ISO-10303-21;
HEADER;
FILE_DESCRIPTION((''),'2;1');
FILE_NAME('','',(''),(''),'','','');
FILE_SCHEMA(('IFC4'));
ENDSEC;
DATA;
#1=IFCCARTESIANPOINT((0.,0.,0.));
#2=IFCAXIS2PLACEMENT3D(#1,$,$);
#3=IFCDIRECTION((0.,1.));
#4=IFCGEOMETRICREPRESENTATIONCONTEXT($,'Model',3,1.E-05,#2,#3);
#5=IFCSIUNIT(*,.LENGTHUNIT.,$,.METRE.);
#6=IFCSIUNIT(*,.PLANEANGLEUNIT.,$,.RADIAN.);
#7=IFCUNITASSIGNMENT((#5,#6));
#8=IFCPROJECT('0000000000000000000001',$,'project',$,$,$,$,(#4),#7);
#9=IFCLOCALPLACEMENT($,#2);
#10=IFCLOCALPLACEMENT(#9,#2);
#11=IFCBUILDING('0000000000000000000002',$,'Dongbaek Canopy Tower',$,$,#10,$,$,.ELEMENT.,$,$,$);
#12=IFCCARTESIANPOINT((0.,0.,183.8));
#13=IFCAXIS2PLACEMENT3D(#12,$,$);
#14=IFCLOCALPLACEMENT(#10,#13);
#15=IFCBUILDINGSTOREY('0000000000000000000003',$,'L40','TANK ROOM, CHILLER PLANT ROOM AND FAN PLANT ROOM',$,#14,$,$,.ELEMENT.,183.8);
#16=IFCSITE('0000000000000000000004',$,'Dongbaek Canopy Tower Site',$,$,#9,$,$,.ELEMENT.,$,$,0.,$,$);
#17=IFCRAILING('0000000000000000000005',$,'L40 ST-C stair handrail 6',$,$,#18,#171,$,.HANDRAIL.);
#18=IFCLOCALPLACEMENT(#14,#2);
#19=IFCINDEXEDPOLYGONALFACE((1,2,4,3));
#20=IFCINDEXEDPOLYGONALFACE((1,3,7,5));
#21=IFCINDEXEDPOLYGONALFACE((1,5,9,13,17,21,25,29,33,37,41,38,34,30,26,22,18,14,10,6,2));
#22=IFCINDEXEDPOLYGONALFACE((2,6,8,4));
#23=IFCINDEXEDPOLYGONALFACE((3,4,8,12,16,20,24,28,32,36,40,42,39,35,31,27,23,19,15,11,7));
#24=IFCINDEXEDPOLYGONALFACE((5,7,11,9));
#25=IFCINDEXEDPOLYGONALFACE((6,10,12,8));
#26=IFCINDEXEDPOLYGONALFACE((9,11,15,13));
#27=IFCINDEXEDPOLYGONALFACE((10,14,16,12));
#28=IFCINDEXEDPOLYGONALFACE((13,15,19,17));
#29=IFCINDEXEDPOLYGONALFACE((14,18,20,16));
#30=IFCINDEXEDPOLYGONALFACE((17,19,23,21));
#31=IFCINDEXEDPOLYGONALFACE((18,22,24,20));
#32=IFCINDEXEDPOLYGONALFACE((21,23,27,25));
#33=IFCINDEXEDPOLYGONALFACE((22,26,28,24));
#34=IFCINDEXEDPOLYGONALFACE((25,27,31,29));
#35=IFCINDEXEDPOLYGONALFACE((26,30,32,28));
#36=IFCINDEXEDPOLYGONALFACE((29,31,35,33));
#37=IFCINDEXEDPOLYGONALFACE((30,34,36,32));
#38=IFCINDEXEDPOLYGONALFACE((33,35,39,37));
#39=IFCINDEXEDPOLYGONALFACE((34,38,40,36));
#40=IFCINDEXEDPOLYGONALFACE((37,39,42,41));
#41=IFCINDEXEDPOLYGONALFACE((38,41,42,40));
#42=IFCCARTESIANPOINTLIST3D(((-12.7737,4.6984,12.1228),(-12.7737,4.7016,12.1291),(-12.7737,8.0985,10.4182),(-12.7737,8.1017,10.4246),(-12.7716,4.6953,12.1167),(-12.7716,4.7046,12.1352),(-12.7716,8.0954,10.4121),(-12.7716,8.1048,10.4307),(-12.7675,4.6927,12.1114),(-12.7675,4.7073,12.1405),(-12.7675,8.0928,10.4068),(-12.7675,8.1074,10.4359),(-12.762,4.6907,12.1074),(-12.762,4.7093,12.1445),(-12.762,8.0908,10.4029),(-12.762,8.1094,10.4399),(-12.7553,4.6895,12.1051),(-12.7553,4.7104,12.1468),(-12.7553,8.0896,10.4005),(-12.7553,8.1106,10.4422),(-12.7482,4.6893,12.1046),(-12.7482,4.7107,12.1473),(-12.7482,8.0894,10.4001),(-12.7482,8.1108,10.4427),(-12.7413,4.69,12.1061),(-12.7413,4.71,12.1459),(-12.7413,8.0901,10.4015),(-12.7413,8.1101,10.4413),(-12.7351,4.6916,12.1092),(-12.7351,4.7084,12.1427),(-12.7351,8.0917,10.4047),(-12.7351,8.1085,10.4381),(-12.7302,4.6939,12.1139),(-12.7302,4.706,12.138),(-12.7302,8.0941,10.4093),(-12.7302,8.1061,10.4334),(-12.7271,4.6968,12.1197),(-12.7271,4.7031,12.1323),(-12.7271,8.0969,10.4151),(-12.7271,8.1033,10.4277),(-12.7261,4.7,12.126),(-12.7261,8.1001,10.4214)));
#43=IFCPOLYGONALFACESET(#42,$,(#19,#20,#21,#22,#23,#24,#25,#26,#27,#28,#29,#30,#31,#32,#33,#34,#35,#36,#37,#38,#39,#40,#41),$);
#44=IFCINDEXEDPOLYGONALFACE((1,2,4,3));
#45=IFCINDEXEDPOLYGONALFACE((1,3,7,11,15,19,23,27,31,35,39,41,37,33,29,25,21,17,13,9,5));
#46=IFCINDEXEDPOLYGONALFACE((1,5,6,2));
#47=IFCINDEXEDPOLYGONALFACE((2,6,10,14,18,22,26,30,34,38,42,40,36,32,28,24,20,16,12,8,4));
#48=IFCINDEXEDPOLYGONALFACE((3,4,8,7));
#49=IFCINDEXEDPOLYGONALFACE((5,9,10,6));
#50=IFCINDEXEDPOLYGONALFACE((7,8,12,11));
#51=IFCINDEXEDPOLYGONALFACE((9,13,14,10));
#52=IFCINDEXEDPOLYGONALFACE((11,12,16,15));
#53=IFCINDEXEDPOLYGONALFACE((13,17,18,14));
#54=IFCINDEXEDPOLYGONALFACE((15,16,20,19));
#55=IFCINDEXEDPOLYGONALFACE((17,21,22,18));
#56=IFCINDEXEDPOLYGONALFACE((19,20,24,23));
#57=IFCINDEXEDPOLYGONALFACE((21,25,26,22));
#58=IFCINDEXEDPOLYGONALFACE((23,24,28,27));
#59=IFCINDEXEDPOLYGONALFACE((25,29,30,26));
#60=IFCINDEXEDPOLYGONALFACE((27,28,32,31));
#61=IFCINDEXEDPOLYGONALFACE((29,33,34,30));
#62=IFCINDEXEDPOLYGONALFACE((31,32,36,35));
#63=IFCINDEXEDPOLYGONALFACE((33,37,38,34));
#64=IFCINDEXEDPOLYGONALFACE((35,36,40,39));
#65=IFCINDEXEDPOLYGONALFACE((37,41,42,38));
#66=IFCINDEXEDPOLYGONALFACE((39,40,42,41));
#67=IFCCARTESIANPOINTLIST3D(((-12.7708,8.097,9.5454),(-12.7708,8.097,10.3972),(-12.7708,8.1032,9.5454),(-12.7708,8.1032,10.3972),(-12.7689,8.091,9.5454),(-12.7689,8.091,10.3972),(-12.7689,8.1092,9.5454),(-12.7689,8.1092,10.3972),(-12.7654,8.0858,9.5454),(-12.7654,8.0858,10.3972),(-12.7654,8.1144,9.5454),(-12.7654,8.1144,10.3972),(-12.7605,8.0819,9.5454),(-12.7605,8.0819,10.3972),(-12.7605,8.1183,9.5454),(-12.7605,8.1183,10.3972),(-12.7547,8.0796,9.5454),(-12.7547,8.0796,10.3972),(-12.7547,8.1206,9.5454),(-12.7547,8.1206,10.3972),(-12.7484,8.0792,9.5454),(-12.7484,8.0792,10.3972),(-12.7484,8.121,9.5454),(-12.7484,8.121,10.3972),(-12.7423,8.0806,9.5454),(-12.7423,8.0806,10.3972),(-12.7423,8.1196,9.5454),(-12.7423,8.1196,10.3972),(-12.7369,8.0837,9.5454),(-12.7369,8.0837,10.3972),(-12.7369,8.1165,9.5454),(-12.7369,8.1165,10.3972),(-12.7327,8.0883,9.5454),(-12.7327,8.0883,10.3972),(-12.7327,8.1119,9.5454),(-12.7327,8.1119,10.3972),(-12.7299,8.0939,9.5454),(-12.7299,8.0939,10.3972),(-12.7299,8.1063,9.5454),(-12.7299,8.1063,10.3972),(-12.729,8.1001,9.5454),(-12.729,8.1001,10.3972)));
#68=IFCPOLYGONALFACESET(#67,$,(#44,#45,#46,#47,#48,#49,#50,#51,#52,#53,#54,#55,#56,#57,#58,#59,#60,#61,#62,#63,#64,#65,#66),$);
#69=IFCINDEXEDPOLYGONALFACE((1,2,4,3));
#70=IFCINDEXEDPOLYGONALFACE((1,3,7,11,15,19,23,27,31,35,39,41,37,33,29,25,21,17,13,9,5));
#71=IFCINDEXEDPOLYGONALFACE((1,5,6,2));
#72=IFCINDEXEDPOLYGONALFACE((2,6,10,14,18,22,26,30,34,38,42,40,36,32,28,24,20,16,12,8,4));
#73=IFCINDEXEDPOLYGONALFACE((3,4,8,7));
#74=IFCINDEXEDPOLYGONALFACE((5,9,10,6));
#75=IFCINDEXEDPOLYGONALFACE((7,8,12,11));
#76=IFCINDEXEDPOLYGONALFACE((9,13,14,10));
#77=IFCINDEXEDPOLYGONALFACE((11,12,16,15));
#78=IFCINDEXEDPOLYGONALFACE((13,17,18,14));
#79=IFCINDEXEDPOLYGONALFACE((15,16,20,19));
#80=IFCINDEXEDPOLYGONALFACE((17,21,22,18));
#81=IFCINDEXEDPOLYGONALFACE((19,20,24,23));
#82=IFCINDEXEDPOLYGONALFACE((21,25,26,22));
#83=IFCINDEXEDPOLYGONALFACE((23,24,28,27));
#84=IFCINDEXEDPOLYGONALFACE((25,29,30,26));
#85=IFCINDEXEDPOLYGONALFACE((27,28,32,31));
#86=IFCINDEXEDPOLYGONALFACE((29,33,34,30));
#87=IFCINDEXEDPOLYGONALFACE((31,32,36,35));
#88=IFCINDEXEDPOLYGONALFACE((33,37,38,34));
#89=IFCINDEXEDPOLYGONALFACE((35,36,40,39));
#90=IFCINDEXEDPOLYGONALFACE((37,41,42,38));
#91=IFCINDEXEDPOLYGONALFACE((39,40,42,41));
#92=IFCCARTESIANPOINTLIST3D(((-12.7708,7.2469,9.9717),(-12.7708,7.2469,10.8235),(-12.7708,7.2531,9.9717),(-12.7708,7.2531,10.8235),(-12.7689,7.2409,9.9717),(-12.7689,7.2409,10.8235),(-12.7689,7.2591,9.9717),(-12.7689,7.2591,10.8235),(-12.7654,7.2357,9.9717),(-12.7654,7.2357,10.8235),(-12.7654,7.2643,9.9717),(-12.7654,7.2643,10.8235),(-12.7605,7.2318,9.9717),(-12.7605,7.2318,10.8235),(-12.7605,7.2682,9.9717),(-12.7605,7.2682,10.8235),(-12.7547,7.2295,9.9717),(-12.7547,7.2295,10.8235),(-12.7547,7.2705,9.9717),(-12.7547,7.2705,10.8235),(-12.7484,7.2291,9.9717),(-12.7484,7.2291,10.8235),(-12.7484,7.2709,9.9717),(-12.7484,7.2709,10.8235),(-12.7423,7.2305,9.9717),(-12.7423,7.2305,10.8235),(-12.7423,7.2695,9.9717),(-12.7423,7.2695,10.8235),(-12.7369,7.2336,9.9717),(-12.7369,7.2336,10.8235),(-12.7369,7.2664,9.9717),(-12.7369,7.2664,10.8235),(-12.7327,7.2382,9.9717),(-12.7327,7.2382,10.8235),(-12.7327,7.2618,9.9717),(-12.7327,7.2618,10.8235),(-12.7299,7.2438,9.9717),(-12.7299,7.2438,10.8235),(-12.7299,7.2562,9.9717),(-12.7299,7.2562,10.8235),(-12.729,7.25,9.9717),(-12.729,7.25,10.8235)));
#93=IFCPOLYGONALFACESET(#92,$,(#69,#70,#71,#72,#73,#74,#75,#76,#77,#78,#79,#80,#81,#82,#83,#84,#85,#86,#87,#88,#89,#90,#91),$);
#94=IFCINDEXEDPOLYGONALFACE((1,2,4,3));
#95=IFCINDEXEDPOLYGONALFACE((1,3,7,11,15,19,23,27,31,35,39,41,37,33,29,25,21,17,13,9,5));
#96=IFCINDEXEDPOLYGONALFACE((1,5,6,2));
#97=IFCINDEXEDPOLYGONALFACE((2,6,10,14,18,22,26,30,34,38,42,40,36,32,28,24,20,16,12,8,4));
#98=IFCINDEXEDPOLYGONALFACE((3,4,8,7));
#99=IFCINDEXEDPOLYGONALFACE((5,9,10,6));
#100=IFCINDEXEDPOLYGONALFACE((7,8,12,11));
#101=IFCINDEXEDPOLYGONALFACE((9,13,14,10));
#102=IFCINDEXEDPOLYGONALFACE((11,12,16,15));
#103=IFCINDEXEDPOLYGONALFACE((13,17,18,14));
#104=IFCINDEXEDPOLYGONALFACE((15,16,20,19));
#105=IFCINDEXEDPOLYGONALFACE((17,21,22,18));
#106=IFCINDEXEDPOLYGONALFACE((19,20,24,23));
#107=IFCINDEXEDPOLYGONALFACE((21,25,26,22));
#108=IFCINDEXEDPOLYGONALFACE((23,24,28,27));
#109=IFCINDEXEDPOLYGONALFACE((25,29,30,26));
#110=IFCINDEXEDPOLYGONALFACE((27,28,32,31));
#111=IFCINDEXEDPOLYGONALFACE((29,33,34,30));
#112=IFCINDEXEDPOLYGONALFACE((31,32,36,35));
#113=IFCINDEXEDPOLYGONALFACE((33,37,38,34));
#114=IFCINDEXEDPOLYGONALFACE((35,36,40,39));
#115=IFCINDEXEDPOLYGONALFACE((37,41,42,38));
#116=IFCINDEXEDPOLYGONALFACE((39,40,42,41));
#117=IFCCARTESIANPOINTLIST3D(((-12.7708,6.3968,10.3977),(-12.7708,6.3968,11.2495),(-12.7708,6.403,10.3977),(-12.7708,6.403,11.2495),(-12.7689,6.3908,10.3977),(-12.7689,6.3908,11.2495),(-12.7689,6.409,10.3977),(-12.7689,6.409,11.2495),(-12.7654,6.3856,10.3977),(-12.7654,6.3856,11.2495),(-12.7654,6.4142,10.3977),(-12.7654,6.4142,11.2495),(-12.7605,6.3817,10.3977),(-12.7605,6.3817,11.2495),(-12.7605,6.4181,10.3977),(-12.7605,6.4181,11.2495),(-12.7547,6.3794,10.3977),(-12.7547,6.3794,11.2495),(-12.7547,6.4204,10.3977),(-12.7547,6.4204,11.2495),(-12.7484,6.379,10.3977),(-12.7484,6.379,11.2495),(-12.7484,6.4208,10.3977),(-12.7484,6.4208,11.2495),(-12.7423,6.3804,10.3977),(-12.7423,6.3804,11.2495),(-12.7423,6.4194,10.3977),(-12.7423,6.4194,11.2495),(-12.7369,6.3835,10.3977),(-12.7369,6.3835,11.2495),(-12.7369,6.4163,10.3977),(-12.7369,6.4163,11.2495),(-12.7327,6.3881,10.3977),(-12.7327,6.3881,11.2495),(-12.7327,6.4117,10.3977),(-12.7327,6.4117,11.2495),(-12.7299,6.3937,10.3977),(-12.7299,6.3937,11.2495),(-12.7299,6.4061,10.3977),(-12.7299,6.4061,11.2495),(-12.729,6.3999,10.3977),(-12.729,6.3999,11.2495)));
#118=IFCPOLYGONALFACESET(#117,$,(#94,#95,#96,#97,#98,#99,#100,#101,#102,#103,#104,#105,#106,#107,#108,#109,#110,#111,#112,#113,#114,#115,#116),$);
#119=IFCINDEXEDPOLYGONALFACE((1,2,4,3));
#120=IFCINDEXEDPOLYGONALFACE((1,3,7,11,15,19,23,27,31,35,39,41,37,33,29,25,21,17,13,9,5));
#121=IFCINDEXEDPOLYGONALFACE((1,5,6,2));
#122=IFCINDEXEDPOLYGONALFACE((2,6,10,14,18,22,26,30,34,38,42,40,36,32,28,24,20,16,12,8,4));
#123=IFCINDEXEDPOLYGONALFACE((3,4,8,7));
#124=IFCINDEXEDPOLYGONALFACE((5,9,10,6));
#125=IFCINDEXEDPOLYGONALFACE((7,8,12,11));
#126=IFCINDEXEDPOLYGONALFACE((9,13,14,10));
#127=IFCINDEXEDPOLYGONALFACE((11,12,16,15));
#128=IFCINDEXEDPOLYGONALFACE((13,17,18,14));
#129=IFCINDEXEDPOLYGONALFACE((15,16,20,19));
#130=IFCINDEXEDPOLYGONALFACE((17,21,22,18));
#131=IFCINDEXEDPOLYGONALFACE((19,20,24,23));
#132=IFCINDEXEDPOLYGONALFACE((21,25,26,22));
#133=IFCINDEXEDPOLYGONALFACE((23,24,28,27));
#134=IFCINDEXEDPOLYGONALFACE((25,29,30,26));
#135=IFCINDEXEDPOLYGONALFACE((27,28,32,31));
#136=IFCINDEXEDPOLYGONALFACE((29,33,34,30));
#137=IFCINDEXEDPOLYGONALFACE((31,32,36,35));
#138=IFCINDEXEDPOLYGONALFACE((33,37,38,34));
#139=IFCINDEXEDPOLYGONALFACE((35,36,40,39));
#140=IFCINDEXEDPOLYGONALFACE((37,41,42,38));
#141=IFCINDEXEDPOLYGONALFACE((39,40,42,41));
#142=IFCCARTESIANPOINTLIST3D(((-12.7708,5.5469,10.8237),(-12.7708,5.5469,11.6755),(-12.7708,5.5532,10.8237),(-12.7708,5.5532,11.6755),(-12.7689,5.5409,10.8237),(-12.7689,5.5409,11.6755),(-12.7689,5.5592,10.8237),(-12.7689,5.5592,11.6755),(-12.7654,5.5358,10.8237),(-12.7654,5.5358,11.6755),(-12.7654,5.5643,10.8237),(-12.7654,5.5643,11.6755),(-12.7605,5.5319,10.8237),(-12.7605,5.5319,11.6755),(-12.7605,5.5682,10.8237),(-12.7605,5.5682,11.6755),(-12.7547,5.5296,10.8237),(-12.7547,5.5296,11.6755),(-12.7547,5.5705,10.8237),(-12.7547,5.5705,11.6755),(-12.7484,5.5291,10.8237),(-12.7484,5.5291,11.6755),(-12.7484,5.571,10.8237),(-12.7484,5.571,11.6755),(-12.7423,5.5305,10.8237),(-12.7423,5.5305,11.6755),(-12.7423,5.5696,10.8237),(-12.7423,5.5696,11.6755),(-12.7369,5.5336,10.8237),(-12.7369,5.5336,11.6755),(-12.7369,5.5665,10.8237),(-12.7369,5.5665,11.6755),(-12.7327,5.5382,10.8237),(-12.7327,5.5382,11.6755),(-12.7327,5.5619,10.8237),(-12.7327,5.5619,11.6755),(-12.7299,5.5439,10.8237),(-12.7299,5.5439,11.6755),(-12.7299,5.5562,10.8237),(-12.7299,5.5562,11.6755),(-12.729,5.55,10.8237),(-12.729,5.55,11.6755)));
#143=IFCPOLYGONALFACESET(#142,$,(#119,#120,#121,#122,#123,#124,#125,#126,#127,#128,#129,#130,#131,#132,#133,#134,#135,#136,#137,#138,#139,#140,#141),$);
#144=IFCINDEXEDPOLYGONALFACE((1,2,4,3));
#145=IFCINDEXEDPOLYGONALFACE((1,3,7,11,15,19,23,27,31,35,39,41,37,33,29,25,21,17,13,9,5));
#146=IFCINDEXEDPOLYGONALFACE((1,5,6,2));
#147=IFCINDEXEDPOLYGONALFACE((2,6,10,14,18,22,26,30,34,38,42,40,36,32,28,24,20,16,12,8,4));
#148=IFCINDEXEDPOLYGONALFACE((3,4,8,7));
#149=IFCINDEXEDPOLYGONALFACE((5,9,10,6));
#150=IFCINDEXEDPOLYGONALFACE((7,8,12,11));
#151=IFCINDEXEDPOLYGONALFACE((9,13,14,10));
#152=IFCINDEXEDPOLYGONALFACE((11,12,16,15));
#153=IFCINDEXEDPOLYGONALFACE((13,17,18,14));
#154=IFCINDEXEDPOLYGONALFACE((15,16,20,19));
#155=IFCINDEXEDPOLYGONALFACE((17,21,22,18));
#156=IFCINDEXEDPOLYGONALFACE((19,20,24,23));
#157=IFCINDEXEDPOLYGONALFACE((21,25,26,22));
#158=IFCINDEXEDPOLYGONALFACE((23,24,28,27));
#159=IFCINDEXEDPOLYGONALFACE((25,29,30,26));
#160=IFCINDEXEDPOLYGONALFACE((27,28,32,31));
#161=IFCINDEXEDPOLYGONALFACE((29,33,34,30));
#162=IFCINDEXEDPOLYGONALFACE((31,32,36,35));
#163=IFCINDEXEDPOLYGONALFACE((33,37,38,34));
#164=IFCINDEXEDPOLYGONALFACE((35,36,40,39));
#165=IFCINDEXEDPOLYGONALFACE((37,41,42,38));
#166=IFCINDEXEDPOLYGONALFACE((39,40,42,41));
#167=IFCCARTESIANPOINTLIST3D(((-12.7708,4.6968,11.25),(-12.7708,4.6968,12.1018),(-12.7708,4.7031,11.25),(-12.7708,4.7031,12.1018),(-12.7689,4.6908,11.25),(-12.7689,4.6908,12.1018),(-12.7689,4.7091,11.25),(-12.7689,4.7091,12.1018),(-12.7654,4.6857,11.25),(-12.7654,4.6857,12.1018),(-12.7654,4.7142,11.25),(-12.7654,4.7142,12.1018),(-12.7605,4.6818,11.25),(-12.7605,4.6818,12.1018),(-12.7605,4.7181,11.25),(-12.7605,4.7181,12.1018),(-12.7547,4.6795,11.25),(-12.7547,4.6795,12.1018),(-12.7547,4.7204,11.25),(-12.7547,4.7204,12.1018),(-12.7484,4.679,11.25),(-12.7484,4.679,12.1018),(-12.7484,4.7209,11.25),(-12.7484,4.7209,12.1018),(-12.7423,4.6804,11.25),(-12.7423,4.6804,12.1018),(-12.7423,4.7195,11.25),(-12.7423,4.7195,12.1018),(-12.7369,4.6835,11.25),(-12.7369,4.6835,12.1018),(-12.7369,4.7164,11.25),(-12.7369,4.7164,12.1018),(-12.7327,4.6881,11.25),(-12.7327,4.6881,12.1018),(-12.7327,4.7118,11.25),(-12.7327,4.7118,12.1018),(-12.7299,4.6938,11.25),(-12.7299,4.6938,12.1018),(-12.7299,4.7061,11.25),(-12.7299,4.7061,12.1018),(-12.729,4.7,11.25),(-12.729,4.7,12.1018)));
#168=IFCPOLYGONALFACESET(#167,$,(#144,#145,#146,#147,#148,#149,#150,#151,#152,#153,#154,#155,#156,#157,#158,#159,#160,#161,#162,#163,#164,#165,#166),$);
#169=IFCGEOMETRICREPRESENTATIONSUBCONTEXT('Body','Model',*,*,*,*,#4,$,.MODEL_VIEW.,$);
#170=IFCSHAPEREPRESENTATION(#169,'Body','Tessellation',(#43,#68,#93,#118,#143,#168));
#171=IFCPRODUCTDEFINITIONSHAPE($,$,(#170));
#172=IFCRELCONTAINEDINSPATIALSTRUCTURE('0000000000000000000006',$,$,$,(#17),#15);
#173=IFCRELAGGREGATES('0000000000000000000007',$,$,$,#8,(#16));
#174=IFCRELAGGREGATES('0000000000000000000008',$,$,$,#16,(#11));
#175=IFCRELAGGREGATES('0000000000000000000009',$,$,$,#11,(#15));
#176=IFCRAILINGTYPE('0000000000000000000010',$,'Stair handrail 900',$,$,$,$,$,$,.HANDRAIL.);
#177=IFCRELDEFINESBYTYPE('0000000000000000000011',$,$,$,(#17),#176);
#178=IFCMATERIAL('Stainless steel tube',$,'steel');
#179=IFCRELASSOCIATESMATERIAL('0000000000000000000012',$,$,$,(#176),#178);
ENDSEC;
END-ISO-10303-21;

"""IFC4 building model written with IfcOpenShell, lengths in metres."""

from ifc_helpers import new_model, si_unit, direction, frame, origin, origin_2d, place, context, subcontext, project, spatial, circle, extrude, material, type_object, element, save


model = new_model("IFC4")

# Units and contexts
model_context = context("Model", 3, precision=1e-05, world=origin(), true_north=direction((0.0, 1.0)))
body_context = subcontext(model_context, "Body", "Model", "MODEL_VIEW")
ifc_project = project(units=[si_unit("LENGTHUNIT", "METRE"), si_unit("PLANEANGLEUNIT", "RADIAN")], contexts=[model_context])

# Site, building, storey
site_placement = place(None, origin())
site = spatial("IfcSite", under=ifc_project, at=site_placement, Name="Dongbaek Canopy Tower Site", CompositionType="ELEMENT", RefElevation=0.0)
building_placement = place(site_placement, origin())
building = spatial("IfcBuilding", under=site, at=building_placement, Name="Dongbaek Canopy Tower", CompositionType="ELEMENT")
storey_placement = place(building_placement, frame((0.0, 0.0, 183.8)))
storey = spatial("IfcBuildingStorey", under=building, at=storey_placement, Name="L40", Description="TANK ROOM, CHILLER PLANT ROOM AND FAN PLANT ROOM", CompositionType="ELEMENT", Elevation=183.8)

# Railing
ifc_material_1 = material(Name="Stainless steel tube", Category="steel")
railing_type_1 = type_object("IfcRailingType", Name="Stair handrail 900", PredefinedType="HANDRAIL", material=ifc_material_1)
for number, where, name in (
    (1, (-12.75, 8.1001, 9.5454), "L40 ST-C stair handrail 6"),
):
    element("IfcRailing", number, at=place(storey_placement, frame(where)), inside=storey, type_object=railing_type_1, Name=name, PredefinedType="HANDRAIL", context=body_context, shape_type="SweptSolid", body=[
        extrude(circle(Radius=0.0239, at=origin_2d()), frame((0.0, 0.0, 0.876), z_axis=(0.0, -0.893952, 0.448163), x_axis=(1.0, 0.0, 0.0)), (0.0, 0.0, 1.0), 3.8035),
        extrude(circle(Radius=0.021, at=origin_2d()), origin(), (0.0, 0.0, 1.0), 0.8518),
        extrude(circle(Radius=0.021, at=origin_2d()), frame((0.0, -0.8501, 0.4263)), (0.0, 0.0, 1.0), 0.8518),
        extrude(circle(Radius=0.021, at=origin_2d()), frame((0.0, -1.7002, 0.8523)), (0.0, 0.0, 1.0), 0.8518),
        extrude(circle(Radius=0.021, at=origin_2d()), frame((0.0, -2.55, 1.2783)), (0.0, 0.0, 1.0), 0.8518),
        extrude(circle(Radius=0.021, at=origin_2d()), frame((0.0, -3.4001, 1.7046)), (0.0, 0.0, 1.0), 0.8518),
    ])

save(model, "model.ifc")
